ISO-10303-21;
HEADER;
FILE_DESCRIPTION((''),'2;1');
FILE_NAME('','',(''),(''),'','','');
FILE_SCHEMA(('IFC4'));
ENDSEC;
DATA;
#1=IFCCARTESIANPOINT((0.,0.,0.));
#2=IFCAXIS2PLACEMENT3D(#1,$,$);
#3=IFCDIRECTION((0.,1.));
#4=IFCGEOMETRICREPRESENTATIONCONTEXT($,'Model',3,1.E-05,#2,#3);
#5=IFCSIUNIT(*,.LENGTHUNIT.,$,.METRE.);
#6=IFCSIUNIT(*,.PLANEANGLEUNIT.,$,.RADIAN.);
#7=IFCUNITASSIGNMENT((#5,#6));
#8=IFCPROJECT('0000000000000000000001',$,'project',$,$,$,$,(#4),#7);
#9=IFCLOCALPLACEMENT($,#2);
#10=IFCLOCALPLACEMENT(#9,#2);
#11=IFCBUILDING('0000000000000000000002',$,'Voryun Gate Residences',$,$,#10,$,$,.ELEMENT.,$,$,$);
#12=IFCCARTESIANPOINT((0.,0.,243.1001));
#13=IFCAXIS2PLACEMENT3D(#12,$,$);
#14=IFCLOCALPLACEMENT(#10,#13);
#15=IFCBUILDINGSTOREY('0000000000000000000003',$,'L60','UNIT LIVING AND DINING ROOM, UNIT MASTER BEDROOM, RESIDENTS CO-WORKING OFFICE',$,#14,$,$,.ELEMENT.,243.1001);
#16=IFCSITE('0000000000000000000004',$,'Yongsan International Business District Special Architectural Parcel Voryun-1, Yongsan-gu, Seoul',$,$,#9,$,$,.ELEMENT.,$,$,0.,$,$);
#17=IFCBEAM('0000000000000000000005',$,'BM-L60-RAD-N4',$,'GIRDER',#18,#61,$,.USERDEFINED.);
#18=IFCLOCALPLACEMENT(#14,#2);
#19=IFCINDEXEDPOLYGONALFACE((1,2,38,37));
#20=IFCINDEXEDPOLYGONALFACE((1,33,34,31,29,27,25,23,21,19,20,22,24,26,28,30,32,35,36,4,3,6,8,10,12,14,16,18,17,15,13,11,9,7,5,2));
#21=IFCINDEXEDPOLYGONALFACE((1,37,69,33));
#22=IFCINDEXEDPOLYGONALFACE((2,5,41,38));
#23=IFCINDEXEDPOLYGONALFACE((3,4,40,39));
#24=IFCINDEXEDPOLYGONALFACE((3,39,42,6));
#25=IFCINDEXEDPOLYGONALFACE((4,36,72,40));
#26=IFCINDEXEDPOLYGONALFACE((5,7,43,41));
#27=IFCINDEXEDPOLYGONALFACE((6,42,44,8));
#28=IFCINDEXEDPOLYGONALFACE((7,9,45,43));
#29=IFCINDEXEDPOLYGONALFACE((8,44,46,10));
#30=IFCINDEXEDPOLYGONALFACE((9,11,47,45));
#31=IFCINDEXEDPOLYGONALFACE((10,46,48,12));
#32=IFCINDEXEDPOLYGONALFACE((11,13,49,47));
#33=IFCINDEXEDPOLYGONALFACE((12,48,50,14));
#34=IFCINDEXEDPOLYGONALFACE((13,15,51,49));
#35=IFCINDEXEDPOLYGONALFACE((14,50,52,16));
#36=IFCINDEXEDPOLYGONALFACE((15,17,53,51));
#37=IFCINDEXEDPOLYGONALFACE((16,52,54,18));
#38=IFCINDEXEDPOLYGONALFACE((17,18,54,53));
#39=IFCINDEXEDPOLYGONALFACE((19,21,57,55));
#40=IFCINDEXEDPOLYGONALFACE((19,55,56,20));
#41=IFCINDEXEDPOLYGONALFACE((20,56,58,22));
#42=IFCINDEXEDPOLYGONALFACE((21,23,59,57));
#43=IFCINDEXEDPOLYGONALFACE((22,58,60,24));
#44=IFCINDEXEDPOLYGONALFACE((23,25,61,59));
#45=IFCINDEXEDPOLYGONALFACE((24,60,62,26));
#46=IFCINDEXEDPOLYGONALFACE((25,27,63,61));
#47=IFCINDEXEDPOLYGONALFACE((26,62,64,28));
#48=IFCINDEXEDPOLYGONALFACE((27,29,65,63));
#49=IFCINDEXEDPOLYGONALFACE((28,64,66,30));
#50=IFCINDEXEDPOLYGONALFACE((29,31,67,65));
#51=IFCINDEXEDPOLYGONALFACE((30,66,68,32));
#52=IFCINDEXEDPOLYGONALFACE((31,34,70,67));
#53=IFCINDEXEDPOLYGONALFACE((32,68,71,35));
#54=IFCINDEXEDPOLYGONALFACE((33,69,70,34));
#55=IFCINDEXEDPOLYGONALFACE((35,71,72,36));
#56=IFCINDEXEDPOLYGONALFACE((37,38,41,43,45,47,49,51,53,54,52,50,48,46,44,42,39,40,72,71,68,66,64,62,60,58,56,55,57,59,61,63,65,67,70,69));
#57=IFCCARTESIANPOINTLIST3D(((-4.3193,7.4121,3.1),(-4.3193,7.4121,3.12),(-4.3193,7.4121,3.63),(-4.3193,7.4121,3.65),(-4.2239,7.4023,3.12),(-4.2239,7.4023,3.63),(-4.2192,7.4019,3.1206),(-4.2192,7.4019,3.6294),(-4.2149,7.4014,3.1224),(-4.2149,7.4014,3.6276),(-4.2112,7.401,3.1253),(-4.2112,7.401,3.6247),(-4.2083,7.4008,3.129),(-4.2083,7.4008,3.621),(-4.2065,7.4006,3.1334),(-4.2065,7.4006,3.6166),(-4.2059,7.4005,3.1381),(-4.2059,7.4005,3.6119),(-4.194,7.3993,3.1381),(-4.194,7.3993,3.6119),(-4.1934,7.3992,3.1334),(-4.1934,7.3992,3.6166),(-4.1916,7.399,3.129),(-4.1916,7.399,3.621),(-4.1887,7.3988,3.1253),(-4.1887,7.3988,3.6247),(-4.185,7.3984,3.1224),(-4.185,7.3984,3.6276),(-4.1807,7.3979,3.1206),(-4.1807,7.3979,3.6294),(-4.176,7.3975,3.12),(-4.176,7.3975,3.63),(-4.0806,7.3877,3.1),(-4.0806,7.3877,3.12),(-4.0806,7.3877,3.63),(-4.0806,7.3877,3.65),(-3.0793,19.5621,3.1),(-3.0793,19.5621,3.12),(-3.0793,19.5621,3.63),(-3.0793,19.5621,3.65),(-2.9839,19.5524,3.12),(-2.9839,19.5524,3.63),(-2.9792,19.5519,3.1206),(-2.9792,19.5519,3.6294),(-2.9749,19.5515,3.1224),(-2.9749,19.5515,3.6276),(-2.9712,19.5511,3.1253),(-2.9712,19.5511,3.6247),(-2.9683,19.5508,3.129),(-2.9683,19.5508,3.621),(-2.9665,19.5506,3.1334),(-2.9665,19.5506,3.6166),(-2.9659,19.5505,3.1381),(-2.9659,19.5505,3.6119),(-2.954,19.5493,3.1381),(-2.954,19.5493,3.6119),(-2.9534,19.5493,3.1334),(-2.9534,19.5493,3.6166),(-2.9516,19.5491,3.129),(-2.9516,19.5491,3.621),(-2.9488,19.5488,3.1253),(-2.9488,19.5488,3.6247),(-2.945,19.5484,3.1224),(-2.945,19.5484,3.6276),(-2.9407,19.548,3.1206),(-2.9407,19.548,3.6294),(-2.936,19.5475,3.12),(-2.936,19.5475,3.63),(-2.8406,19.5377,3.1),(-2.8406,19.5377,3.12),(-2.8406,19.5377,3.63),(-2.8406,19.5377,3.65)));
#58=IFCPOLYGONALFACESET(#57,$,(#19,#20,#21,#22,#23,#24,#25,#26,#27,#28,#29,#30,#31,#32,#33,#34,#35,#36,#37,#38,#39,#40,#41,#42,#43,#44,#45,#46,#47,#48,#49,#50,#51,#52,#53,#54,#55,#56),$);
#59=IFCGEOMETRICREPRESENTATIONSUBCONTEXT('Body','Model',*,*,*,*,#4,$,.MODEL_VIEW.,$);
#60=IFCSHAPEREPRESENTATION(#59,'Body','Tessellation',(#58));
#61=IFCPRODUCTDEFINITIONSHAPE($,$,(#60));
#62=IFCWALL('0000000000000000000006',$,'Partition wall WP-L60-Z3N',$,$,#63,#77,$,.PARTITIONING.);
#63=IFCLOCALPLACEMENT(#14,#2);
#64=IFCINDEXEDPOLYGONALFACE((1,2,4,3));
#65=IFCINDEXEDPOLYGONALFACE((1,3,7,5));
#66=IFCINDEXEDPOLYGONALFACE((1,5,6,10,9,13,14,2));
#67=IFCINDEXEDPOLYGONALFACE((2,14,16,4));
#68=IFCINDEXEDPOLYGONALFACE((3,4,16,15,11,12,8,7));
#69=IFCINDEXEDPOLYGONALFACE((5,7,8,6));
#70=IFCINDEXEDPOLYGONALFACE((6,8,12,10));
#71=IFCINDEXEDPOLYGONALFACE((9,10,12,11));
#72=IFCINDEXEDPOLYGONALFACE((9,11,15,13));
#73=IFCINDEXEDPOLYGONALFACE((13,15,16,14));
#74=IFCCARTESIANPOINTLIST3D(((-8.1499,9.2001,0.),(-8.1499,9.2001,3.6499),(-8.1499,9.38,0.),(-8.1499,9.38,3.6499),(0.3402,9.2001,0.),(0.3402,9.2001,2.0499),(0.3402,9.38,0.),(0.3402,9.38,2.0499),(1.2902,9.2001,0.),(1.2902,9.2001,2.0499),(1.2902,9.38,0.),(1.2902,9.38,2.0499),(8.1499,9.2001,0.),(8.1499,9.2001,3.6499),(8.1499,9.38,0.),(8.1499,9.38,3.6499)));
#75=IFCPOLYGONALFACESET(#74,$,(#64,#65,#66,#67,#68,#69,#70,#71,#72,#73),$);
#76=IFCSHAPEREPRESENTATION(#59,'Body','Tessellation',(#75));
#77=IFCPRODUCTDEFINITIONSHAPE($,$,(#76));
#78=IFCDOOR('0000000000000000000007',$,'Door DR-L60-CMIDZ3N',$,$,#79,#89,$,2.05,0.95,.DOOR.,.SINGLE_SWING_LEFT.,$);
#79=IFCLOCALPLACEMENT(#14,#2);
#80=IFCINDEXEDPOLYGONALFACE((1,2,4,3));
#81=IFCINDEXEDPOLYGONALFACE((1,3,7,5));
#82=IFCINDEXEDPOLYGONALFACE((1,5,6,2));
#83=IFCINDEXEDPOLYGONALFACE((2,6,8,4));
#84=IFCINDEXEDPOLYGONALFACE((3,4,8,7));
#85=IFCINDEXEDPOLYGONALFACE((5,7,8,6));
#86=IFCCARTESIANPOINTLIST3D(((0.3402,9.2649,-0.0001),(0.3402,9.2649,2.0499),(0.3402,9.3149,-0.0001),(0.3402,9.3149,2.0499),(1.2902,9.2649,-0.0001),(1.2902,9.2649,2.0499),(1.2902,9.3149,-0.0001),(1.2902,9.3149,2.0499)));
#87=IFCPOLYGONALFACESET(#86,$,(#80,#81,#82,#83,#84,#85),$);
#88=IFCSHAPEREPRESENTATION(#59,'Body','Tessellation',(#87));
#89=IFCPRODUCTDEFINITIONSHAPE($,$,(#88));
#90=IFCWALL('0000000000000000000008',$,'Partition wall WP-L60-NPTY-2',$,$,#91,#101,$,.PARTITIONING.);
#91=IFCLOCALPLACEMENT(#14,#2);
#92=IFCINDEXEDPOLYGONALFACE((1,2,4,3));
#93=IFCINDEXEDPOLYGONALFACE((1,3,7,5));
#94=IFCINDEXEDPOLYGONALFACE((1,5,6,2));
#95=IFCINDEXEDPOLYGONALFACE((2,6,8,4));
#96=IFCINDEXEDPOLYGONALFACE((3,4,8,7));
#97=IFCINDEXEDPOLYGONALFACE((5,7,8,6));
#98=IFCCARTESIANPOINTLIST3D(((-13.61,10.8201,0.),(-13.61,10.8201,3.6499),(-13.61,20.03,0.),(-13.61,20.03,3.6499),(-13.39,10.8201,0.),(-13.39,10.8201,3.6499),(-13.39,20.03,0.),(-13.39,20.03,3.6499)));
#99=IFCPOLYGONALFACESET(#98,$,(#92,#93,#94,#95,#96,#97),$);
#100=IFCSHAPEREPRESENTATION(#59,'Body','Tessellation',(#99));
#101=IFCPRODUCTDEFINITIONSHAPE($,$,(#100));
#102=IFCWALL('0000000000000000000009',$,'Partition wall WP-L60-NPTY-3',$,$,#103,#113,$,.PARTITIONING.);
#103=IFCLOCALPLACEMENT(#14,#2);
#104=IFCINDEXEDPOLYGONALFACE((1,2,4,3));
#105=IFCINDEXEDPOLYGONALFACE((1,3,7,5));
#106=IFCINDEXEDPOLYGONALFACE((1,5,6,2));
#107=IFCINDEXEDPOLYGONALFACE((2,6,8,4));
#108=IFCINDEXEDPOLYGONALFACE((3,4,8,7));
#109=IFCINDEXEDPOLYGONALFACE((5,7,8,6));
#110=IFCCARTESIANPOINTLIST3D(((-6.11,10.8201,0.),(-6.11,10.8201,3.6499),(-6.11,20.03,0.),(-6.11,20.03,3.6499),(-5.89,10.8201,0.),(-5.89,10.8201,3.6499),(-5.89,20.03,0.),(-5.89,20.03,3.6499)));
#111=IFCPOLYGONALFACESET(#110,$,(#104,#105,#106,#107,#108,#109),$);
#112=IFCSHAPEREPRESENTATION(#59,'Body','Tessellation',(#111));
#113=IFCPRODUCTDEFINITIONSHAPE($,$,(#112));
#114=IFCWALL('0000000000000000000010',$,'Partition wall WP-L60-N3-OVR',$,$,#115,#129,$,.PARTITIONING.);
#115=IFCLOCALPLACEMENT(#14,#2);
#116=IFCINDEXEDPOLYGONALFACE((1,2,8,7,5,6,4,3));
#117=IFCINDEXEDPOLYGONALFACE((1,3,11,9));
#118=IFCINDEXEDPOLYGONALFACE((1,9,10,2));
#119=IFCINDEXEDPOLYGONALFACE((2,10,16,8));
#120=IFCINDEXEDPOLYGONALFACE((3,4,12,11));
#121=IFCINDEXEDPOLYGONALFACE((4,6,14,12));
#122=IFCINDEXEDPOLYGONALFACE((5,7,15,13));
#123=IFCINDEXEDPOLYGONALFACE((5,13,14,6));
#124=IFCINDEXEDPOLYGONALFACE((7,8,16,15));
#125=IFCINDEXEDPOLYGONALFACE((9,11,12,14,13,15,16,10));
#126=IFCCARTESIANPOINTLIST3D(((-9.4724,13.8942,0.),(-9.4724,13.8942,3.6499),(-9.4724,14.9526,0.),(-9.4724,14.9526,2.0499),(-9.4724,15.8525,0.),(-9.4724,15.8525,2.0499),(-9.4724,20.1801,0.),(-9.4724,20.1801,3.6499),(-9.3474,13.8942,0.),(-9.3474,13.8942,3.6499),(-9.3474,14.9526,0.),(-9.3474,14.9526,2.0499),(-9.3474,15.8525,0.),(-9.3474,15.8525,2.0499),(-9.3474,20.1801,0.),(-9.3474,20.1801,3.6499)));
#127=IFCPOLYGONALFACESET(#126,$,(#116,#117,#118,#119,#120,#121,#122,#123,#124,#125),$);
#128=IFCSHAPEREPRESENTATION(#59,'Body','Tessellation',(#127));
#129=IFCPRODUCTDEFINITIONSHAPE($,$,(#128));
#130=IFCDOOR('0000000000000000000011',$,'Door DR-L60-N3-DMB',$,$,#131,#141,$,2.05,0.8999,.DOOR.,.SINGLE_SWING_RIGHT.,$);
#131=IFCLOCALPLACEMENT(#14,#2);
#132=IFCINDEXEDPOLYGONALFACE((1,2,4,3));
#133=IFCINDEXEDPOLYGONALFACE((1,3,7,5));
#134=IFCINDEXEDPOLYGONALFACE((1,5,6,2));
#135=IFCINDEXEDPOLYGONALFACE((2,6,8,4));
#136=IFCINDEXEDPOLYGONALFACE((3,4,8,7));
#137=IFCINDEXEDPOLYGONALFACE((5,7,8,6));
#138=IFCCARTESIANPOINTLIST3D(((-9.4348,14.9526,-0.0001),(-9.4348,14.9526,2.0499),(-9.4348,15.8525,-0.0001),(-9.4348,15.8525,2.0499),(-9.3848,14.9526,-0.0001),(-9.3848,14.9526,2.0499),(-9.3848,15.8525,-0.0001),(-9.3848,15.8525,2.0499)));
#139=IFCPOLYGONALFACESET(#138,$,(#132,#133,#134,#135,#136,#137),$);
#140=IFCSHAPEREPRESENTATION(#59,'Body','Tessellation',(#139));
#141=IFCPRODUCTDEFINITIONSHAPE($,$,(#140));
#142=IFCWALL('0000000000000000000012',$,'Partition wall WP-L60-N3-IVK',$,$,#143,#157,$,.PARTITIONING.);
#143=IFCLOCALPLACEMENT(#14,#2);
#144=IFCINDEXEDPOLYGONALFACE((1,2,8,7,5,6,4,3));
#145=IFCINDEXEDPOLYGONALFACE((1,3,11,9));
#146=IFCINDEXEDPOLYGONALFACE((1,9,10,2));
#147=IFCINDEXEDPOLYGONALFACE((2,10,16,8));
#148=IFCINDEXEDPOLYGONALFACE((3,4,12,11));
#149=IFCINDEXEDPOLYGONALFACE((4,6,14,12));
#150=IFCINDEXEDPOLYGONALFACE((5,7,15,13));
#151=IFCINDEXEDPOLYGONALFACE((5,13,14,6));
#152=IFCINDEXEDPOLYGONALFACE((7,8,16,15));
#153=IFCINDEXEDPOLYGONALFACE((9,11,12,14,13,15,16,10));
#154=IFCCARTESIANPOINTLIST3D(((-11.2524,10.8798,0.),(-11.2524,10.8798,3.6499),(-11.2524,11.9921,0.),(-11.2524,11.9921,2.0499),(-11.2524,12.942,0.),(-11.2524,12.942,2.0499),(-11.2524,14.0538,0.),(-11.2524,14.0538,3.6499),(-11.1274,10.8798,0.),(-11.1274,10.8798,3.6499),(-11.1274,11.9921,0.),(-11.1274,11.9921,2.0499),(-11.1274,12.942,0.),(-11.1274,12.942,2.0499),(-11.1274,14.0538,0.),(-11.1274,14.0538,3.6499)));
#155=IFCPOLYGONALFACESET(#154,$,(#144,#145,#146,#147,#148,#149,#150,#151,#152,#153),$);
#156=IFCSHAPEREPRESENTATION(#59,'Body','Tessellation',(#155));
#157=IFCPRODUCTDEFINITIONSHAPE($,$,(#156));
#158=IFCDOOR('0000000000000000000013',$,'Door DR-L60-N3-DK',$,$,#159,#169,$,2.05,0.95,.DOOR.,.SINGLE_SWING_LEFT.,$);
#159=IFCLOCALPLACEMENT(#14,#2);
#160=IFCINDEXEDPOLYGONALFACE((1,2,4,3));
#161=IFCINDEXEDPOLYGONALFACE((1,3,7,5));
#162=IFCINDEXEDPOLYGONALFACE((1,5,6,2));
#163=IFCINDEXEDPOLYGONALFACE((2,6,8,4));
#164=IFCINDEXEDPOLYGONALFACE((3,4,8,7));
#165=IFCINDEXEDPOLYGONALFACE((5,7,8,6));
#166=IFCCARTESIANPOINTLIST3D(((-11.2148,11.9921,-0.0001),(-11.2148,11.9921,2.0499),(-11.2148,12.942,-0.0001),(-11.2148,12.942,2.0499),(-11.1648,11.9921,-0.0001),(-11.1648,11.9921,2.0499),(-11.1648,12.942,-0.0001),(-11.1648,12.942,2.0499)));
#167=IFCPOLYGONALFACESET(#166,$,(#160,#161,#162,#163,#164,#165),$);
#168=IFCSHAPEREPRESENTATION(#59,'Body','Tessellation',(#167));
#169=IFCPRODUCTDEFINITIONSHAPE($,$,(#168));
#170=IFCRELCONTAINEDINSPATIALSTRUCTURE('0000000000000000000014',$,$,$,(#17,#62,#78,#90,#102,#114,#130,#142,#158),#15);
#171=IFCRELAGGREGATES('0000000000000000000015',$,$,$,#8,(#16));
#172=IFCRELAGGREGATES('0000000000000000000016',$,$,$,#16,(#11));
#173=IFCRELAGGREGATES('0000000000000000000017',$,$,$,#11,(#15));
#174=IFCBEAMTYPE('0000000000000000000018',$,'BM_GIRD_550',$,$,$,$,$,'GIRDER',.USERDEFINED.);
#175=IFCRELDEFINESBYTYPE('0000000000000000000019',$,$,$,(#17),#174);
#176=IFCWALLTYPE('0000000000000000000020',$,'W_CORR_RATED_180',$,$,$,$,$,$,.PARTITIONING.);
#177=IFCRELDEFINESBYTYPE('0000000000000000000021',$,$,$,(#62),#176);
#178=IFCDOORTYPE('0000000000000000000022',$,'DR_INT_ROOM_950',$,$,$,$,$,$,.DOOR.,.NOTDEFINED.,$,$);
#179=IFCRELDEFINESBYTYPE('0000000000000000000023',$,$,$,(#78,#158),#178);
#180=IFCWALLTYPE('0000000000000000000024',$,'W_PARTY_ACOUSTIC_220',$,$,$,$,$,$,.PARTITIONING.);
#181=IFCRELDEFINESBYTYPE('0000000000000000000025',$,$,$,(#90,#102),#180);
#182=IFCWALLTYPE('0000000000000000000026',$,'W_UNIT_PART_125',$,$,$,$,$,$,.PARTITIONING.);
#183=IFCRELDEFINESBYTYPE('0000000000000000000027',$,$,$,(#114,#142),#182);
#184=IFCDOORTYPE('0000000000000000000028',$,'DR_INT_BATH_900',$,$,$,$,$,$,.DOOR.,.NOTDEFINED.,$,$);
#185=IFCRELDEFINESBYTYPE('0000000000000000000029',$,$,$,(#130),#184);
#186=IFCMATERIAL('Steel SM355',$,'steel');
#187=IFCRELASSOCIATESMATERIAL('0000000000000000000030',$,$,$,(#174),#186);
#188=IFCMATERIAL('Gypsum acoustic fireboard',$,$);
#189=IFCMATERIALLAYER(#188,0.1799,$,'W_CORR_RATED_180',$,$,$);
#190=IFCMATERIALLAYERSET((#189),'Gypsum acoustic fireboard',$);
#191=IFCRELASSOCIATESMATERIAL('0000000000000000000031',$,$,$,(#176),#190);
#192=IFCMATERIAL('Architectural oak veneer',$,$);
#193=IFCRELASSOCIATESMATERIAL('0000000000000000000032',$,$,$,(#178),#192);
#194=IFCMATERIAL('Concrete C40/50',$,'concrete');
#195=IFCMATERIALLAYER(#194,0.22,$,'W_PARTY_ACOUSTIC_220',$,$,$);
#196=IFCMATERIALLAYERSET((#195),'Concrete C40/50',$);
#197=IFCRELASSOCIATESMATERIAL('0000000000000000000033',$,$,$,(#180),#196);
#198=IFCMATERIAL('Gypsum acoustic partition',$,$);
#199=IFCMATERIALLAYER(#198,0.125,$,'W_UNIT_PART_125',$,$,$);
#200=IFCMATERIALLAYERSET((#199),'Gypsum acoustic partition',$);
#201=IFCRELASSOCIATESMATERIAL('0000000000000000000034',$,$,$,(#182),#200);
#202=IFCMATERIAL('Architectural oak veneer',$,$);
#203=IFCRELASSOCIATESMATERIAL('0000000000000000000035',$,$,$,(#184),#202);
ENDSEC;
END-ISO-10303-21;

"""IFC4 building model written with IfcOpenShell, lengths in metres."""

from ifc_helpers import new_model, si_unit, direction, frame, frame_2d, origin, origin_2d, place, context, subcontext, project, spatial, rectangle, i_section, extrude, material, layer, layer_set, material_profile, profile_set, type_object, element, fill, save


model = new_model("IFC4")

# Units and contexts
model_context = context("Model", 3, precision=1e-05, world=origin(), true_north=direction((0.0, 1.0)))
body_context = subcontext(model_context, "Body", "Model", "MODEL_VIEW")
ifc_project = project(units=[si_unit("LENGTHUNIT", "METRE"), si_unit("PLANEANGLEUNIT", "RADIAN")], contexts=[model_context])

# Site, building, storey
site_placement = place(None, origin())
site = spatial("IfcSite", under=ifc_project, at=site_placement, Name="Yongsan International Business District Special Architectural Parcel Voryun-1, Yongsan-gu, Seoul", CompositionType="ELEMENT", RefElevation=0.0)
building_placement = place(site_placement, origin())
building = spatial("IfcBuilding", under=site, at=building_placement, Name="Voryun Gate Residences", CompositionType="ELEMENT")
storey_placement = place(building_placement, frame((0.0, 0.0, 243.1001)))
storey = spatial("IfcBuildingStorey", under=building, at=storey_placement, Name="L60", Description="UNIT LIVING AND DINING ROOM, UNIT MASTER BEDROOM, RESIDENTS CO-WORKING OFFICE", CompositionType="ELEMENT", Elevation=243.1001)

# Beam
ifc_material_1 = material(Name="Steel SM355", Category="steel")
ifc_material_profile_1 = material_profile(ifc_material_1, i_section(OverallWidth=0.24, OverallDepth=0.55, WebThickness=0.012, FlangeThickness=0.02, FilletRadius=0.0181, at=origin_2d()), Name="H-550x240x12x20")
ifc_profile_set_1 = profile_set([ifc_material_profile_1], Name="Steel SM355")
beam_type_1 = type_object("IfcBeamType", Name="BM_GIRD_550", ElementType="GIRDER", PredefinedType="USERDEFINED", material=ifc_profile_set_1)
beam_1_placement = place(storey_placement, frame((-4.2, 7.3999, 3.375), z_axis=(0.101528, 0.994833, 0.0), x_axis=(-0.994833, 0.101528, 0.0)))
element("IfcBeam", 1, at=beam_1_placement, inside=storey, type_object=beam_type_1, Name="BM-L60-RAD-N4", ObjectType="GIRDER", PredefinedType="USERDEFINED", context=body_context, shape_type="SweptSolid", body=[
    extrude(i_section(OverallWidth=0.24, OverallDepth=0.55, WebThickness=0.012, FlangeThickness=0.02, FilletRadius=0.0181, at=origin_2d()), origin(), (0.0, 0.0, 1.0), 12.2131),
])

# Wall, opening, door
ifc_material_2 = material(Name="Gypsum acoustic fireboard")
ifc_layer_1 = layer(ifc_material_2, 0.1799, Name="W_CORR_RATED_180")
ifc_layer_set_1 = layer_set([ifc_layer_1], Name="Gypsum acoustic fireboard")
wall_type_1 = type_object("IfcWallType", Name="W_CORR_RATED_180", PredefinedType="PARTITIONING", material=ifc_layer_set_1)
wall_1_placement = place(storey_placement, frame((-8.1499, 9.29, 0.0), z_axis=(0.0, 0.0, 1.0), x_axis=(1.0, 0.0, 0.0)))
wall_1 = element("IfcWall", 2, at=wall_1_placement, inside=storey, type_object=wall_type_1, Name="Partition wall WP-L60-Z3N", PredefinedType="PARTITIONING", context=body_context, shape_type="SweptSolid", body=[
    extrude(rectangle(XDim=16.2998, YDim=0.1799, at=frame_2d((8.1499, 0.0))), origin(), (0.0, 0.0, 1.0), 3.6499),
])
opening_1_placement = place(wall_1_placement, frame((8.49, 0.0, 0.0)))
opening_1 = element("IfcOpeningElement", 3, at=opening_1_placement, cuts=wall_1, PredefinedType="OPENING", context=body_context, shape_type="SweptSolid", body=[
    extrude(rectangle(XDim=0.95, YDim=2.05, at=frame_2d((0.4751, 1.0249))), frame((0.0, 0.0999, 0.0), z_axis=(0.0, -1.0, 0.0), x_axis=(1.0, 0.0, 0.0)), (0.0, 0.0, 1.0), 0.2),
])
ifc_material_3 = material(Name="Architectural oak veneer")
door_type_1 = type_object("IfcDoorType", Name="DR_INT_ROOM_950", OperationType="NOTDEFINED", PredefinedType="DOOR", material=ifc_material_3)
door_1_placement = place(opening_1_placement, origin())
door_1 = element("IfcDoor", 4, at=door_1_placement, inside=storey, type_object=door_type_1, Name="Door DR-L60-CMIDZ3N", OperationType="SINGLE_SWING_LEFT", OverallHeight=2.05, OverallWidth=0.95, PredefinedType="DOOR", context=body_context, shape_type="SweptSolid", body=[
    extrude(rectangle(XDim=0.95, YDim=2.05, at=frame_2d((0.4751, 1.0249))), frame((0.0, 0.0249, 0.0), z_axis=(0.0, -1.0, 0.0), x_axis=(1.0, 0.0, 0.0)), (0.0, 0.0, 1.0), 0.05),
])
fill(opening_1, door_1)

# Walls
ifc_material_4 = material(Name="Concrete C40/50", Category="concrete")
ifc_layer_2 = layer(ifc_material_4, 0.22, Name="W_PARTY_ACOUSTIC_220")
ifc_layer_set_2 = layer_set([ifc_layer_2], Name="Concrete C40/50")
wall_type_2 = type_object("IfcWallType", Name="W_PARTY_ACOUSTIC_220", PredefinedType="PARTITIONING", material=ifc_layer_set_2)
for number, where, z_axis, x_axis, name in (
    (5, (-13.5, 10.8201, 0.0), (0.0, 0.0, 1.0), (0.0, 1.0, 0.0), "Partition wall WP-L60-NPTY-2"),
    (6, (-6.0, 10.8201, 0.0), (0.0, 0.0, 1.0), (0.0, 1.0, 0.0), "Partition wall WP-L60-NPTY-3"),
):
    element("IfcWall", number, at=place(storey_placement, frame(where, z_axis=z_axis, x_axis=x_axis)), inside=storey, type_object=wall_type_2, Name=name, PredefinedType="PARTITIONING", context=body_context, shape_type="SweptSolid", body=[
        extrude(rectangle(XDim=9.21, YDim=0.22, at=frame_2d((4.605, 0.0))), origin(), (0.0, 0.0, 1.0), 3.6499),
    ])

# Walls, openings, doors
ifc_material_5 = material(Name="Gypsum acoustic partition")
ifc_layer_3 = layer(ifc_material_5, 0.125, Name="W_UNIT_PART_125")
ifc_layer_set_3 = layer_set([ifc_layer_3], Name="Gypsum acoustic partition")
wall_type_3 = type_object("IfcWallType", Name="W_UNIT_PART_125", PredefinedType="PARTITIONING", material=ifc_layer_set_3)
wall_2_placement = place(storey_placement, frame((-9.4099, 13.894, 0.0), z_axis=(0.0, 0.0, 1.0), x_axis=(0.0, 1.0, 0.0)))
wall_2 = element("IfcWall", 7, at=wall_2_placement, inside=storey, type_object=wall_type_3, Name="Partition wall WP-L60-N3-OVR", PredefinedType="PARTITIONING", context=body_context, shape_type="SweptSolid", body=[
    extrude(rectangle(XDim=6.2859, YDim=0.125, at=frame_2d((3.1431, 0.0))), origin(), (0.0, 0.0, 1.0), 3.6499),
])
opening_2_placement = place(wall_2_placement, frame((1.0586, 0.0, 0.0)))
opening_2 = element("IfcOpeningElement", 8, at=opening_2_placement, cuts=wall_2, PredefinedType="OPENING", context=body_context, shape_type="SweptSolid", body=[
    extrude(rectangle(XDim=0.8999, YDim=2.05, at=frame_2d((0.45, 1.0249))), frame((0.0, 0.0725, 0.0), z_axis=(0.0, -1.0, 0.0), x_axis=(1.0, 0.0, 0.0)), (0.0, 0.0, 1.0), 0.145),
])
ifc_material_6 = material(Name="Architectural oak veneer")
door_type_2 = type_object("IfcDoorType", Name="DR_INT_BATH_900", OperationType="NOTDEFINED", PredefinedType="DOOR", material=ifc_material_6)
door_2_placement = place(opening_2_placement, origin())
door_2 = element("IfcDoor", 9, at=door_2_placement, inside=storey, type_object=door_type_2, Name="Door DR-L60-N3-DMB", OperationType="SINGLE_SWING_RIGHT", OverallHeight=2.05, OverallWidth=0.8999, PredefinedType="DOOR", context=body_context, shape_type="SweptSolid", body=[
    extrude(rectangle(XDim=0.8999, YDim=2.05, at=frame_2d((0.45, 1.0249))), frame((0.0, 0.0249, 0.0), z_axis=(0.0, -1.0, 0.0), x_axis=(1.0, 0.0, 0.0)), (0.0, 0.0, 1.0), 0.05),
])
fill(opening_2, door_2)
wall_3_placement = place(storey_placement, frame((-11.1899, 10.8799, 0.0), z_axis=(0.0, 0.0, 1.0), x_axis=(0.0, 1.0, 0.0)))
wall_3 = element("IfcWall", 10, at=wall_3_placement, inside=storey, type_object=wall_type_3, Name="Partition wall WP-L60-N3-IVK", PredefinedType="PARTITIONING", context=body_context, shape_type="SweptSolid", body=[
    extrude(rectangle(XDim=3.1741, YDim=0.125, at=frame_2d((1.5869, 0.0))), origin(), (0.0, 0.0, 1.0), 3.6499),
])
opening_3_placement = place(wall_3_placement, frame((1.1121, 0.0, 0.0)))
opening_3 = element("IfcOpeningElement", 11, at=opening_3_placement, cuts=wall_3, PredefinedType="OPENING", context=body_context, shape_type="SweptSolid", body=[
    extrude(rectangle(XDim=0.95, YDim=2.05, at=frame_2d((0.4751, 1.0249))), frame((0.0, 0.0725, 0.0), z_axis=(0.0, -1.0, 0.0), x_axis=(1.0, 0.0, 0.0)), (0.0, 0.0, 1.0), 0.145),
])
door_3_placement = place(opening_3_placement, origin())
door_3 = element("IfcDoor", 12, at=door_3_placement, inside=storey, type_object=door_type_1, Name="Door DR-L60-N3-DK", OperationType="SINGLE_SWING_LEFT", OverallHeight=2.05, OverallWidth=0.95, PredefinedType="DOOR", context=body_context, shape_type="SweptSolid", body=[
    extrude(rectangle(XDim=0.95, YDim=2.05, at=frame_2d((0.4751, 1.0249))), frame((0.0, 0.0249, 0.0), z_axis=(0.0, -1.0, 0.0), x_axis=(1.0, 0.0, 0.0)), (0.0, 0.0, 1.0), 0.05),
])
fill(opening_3, door_3)

save(model, "model.ifc")
